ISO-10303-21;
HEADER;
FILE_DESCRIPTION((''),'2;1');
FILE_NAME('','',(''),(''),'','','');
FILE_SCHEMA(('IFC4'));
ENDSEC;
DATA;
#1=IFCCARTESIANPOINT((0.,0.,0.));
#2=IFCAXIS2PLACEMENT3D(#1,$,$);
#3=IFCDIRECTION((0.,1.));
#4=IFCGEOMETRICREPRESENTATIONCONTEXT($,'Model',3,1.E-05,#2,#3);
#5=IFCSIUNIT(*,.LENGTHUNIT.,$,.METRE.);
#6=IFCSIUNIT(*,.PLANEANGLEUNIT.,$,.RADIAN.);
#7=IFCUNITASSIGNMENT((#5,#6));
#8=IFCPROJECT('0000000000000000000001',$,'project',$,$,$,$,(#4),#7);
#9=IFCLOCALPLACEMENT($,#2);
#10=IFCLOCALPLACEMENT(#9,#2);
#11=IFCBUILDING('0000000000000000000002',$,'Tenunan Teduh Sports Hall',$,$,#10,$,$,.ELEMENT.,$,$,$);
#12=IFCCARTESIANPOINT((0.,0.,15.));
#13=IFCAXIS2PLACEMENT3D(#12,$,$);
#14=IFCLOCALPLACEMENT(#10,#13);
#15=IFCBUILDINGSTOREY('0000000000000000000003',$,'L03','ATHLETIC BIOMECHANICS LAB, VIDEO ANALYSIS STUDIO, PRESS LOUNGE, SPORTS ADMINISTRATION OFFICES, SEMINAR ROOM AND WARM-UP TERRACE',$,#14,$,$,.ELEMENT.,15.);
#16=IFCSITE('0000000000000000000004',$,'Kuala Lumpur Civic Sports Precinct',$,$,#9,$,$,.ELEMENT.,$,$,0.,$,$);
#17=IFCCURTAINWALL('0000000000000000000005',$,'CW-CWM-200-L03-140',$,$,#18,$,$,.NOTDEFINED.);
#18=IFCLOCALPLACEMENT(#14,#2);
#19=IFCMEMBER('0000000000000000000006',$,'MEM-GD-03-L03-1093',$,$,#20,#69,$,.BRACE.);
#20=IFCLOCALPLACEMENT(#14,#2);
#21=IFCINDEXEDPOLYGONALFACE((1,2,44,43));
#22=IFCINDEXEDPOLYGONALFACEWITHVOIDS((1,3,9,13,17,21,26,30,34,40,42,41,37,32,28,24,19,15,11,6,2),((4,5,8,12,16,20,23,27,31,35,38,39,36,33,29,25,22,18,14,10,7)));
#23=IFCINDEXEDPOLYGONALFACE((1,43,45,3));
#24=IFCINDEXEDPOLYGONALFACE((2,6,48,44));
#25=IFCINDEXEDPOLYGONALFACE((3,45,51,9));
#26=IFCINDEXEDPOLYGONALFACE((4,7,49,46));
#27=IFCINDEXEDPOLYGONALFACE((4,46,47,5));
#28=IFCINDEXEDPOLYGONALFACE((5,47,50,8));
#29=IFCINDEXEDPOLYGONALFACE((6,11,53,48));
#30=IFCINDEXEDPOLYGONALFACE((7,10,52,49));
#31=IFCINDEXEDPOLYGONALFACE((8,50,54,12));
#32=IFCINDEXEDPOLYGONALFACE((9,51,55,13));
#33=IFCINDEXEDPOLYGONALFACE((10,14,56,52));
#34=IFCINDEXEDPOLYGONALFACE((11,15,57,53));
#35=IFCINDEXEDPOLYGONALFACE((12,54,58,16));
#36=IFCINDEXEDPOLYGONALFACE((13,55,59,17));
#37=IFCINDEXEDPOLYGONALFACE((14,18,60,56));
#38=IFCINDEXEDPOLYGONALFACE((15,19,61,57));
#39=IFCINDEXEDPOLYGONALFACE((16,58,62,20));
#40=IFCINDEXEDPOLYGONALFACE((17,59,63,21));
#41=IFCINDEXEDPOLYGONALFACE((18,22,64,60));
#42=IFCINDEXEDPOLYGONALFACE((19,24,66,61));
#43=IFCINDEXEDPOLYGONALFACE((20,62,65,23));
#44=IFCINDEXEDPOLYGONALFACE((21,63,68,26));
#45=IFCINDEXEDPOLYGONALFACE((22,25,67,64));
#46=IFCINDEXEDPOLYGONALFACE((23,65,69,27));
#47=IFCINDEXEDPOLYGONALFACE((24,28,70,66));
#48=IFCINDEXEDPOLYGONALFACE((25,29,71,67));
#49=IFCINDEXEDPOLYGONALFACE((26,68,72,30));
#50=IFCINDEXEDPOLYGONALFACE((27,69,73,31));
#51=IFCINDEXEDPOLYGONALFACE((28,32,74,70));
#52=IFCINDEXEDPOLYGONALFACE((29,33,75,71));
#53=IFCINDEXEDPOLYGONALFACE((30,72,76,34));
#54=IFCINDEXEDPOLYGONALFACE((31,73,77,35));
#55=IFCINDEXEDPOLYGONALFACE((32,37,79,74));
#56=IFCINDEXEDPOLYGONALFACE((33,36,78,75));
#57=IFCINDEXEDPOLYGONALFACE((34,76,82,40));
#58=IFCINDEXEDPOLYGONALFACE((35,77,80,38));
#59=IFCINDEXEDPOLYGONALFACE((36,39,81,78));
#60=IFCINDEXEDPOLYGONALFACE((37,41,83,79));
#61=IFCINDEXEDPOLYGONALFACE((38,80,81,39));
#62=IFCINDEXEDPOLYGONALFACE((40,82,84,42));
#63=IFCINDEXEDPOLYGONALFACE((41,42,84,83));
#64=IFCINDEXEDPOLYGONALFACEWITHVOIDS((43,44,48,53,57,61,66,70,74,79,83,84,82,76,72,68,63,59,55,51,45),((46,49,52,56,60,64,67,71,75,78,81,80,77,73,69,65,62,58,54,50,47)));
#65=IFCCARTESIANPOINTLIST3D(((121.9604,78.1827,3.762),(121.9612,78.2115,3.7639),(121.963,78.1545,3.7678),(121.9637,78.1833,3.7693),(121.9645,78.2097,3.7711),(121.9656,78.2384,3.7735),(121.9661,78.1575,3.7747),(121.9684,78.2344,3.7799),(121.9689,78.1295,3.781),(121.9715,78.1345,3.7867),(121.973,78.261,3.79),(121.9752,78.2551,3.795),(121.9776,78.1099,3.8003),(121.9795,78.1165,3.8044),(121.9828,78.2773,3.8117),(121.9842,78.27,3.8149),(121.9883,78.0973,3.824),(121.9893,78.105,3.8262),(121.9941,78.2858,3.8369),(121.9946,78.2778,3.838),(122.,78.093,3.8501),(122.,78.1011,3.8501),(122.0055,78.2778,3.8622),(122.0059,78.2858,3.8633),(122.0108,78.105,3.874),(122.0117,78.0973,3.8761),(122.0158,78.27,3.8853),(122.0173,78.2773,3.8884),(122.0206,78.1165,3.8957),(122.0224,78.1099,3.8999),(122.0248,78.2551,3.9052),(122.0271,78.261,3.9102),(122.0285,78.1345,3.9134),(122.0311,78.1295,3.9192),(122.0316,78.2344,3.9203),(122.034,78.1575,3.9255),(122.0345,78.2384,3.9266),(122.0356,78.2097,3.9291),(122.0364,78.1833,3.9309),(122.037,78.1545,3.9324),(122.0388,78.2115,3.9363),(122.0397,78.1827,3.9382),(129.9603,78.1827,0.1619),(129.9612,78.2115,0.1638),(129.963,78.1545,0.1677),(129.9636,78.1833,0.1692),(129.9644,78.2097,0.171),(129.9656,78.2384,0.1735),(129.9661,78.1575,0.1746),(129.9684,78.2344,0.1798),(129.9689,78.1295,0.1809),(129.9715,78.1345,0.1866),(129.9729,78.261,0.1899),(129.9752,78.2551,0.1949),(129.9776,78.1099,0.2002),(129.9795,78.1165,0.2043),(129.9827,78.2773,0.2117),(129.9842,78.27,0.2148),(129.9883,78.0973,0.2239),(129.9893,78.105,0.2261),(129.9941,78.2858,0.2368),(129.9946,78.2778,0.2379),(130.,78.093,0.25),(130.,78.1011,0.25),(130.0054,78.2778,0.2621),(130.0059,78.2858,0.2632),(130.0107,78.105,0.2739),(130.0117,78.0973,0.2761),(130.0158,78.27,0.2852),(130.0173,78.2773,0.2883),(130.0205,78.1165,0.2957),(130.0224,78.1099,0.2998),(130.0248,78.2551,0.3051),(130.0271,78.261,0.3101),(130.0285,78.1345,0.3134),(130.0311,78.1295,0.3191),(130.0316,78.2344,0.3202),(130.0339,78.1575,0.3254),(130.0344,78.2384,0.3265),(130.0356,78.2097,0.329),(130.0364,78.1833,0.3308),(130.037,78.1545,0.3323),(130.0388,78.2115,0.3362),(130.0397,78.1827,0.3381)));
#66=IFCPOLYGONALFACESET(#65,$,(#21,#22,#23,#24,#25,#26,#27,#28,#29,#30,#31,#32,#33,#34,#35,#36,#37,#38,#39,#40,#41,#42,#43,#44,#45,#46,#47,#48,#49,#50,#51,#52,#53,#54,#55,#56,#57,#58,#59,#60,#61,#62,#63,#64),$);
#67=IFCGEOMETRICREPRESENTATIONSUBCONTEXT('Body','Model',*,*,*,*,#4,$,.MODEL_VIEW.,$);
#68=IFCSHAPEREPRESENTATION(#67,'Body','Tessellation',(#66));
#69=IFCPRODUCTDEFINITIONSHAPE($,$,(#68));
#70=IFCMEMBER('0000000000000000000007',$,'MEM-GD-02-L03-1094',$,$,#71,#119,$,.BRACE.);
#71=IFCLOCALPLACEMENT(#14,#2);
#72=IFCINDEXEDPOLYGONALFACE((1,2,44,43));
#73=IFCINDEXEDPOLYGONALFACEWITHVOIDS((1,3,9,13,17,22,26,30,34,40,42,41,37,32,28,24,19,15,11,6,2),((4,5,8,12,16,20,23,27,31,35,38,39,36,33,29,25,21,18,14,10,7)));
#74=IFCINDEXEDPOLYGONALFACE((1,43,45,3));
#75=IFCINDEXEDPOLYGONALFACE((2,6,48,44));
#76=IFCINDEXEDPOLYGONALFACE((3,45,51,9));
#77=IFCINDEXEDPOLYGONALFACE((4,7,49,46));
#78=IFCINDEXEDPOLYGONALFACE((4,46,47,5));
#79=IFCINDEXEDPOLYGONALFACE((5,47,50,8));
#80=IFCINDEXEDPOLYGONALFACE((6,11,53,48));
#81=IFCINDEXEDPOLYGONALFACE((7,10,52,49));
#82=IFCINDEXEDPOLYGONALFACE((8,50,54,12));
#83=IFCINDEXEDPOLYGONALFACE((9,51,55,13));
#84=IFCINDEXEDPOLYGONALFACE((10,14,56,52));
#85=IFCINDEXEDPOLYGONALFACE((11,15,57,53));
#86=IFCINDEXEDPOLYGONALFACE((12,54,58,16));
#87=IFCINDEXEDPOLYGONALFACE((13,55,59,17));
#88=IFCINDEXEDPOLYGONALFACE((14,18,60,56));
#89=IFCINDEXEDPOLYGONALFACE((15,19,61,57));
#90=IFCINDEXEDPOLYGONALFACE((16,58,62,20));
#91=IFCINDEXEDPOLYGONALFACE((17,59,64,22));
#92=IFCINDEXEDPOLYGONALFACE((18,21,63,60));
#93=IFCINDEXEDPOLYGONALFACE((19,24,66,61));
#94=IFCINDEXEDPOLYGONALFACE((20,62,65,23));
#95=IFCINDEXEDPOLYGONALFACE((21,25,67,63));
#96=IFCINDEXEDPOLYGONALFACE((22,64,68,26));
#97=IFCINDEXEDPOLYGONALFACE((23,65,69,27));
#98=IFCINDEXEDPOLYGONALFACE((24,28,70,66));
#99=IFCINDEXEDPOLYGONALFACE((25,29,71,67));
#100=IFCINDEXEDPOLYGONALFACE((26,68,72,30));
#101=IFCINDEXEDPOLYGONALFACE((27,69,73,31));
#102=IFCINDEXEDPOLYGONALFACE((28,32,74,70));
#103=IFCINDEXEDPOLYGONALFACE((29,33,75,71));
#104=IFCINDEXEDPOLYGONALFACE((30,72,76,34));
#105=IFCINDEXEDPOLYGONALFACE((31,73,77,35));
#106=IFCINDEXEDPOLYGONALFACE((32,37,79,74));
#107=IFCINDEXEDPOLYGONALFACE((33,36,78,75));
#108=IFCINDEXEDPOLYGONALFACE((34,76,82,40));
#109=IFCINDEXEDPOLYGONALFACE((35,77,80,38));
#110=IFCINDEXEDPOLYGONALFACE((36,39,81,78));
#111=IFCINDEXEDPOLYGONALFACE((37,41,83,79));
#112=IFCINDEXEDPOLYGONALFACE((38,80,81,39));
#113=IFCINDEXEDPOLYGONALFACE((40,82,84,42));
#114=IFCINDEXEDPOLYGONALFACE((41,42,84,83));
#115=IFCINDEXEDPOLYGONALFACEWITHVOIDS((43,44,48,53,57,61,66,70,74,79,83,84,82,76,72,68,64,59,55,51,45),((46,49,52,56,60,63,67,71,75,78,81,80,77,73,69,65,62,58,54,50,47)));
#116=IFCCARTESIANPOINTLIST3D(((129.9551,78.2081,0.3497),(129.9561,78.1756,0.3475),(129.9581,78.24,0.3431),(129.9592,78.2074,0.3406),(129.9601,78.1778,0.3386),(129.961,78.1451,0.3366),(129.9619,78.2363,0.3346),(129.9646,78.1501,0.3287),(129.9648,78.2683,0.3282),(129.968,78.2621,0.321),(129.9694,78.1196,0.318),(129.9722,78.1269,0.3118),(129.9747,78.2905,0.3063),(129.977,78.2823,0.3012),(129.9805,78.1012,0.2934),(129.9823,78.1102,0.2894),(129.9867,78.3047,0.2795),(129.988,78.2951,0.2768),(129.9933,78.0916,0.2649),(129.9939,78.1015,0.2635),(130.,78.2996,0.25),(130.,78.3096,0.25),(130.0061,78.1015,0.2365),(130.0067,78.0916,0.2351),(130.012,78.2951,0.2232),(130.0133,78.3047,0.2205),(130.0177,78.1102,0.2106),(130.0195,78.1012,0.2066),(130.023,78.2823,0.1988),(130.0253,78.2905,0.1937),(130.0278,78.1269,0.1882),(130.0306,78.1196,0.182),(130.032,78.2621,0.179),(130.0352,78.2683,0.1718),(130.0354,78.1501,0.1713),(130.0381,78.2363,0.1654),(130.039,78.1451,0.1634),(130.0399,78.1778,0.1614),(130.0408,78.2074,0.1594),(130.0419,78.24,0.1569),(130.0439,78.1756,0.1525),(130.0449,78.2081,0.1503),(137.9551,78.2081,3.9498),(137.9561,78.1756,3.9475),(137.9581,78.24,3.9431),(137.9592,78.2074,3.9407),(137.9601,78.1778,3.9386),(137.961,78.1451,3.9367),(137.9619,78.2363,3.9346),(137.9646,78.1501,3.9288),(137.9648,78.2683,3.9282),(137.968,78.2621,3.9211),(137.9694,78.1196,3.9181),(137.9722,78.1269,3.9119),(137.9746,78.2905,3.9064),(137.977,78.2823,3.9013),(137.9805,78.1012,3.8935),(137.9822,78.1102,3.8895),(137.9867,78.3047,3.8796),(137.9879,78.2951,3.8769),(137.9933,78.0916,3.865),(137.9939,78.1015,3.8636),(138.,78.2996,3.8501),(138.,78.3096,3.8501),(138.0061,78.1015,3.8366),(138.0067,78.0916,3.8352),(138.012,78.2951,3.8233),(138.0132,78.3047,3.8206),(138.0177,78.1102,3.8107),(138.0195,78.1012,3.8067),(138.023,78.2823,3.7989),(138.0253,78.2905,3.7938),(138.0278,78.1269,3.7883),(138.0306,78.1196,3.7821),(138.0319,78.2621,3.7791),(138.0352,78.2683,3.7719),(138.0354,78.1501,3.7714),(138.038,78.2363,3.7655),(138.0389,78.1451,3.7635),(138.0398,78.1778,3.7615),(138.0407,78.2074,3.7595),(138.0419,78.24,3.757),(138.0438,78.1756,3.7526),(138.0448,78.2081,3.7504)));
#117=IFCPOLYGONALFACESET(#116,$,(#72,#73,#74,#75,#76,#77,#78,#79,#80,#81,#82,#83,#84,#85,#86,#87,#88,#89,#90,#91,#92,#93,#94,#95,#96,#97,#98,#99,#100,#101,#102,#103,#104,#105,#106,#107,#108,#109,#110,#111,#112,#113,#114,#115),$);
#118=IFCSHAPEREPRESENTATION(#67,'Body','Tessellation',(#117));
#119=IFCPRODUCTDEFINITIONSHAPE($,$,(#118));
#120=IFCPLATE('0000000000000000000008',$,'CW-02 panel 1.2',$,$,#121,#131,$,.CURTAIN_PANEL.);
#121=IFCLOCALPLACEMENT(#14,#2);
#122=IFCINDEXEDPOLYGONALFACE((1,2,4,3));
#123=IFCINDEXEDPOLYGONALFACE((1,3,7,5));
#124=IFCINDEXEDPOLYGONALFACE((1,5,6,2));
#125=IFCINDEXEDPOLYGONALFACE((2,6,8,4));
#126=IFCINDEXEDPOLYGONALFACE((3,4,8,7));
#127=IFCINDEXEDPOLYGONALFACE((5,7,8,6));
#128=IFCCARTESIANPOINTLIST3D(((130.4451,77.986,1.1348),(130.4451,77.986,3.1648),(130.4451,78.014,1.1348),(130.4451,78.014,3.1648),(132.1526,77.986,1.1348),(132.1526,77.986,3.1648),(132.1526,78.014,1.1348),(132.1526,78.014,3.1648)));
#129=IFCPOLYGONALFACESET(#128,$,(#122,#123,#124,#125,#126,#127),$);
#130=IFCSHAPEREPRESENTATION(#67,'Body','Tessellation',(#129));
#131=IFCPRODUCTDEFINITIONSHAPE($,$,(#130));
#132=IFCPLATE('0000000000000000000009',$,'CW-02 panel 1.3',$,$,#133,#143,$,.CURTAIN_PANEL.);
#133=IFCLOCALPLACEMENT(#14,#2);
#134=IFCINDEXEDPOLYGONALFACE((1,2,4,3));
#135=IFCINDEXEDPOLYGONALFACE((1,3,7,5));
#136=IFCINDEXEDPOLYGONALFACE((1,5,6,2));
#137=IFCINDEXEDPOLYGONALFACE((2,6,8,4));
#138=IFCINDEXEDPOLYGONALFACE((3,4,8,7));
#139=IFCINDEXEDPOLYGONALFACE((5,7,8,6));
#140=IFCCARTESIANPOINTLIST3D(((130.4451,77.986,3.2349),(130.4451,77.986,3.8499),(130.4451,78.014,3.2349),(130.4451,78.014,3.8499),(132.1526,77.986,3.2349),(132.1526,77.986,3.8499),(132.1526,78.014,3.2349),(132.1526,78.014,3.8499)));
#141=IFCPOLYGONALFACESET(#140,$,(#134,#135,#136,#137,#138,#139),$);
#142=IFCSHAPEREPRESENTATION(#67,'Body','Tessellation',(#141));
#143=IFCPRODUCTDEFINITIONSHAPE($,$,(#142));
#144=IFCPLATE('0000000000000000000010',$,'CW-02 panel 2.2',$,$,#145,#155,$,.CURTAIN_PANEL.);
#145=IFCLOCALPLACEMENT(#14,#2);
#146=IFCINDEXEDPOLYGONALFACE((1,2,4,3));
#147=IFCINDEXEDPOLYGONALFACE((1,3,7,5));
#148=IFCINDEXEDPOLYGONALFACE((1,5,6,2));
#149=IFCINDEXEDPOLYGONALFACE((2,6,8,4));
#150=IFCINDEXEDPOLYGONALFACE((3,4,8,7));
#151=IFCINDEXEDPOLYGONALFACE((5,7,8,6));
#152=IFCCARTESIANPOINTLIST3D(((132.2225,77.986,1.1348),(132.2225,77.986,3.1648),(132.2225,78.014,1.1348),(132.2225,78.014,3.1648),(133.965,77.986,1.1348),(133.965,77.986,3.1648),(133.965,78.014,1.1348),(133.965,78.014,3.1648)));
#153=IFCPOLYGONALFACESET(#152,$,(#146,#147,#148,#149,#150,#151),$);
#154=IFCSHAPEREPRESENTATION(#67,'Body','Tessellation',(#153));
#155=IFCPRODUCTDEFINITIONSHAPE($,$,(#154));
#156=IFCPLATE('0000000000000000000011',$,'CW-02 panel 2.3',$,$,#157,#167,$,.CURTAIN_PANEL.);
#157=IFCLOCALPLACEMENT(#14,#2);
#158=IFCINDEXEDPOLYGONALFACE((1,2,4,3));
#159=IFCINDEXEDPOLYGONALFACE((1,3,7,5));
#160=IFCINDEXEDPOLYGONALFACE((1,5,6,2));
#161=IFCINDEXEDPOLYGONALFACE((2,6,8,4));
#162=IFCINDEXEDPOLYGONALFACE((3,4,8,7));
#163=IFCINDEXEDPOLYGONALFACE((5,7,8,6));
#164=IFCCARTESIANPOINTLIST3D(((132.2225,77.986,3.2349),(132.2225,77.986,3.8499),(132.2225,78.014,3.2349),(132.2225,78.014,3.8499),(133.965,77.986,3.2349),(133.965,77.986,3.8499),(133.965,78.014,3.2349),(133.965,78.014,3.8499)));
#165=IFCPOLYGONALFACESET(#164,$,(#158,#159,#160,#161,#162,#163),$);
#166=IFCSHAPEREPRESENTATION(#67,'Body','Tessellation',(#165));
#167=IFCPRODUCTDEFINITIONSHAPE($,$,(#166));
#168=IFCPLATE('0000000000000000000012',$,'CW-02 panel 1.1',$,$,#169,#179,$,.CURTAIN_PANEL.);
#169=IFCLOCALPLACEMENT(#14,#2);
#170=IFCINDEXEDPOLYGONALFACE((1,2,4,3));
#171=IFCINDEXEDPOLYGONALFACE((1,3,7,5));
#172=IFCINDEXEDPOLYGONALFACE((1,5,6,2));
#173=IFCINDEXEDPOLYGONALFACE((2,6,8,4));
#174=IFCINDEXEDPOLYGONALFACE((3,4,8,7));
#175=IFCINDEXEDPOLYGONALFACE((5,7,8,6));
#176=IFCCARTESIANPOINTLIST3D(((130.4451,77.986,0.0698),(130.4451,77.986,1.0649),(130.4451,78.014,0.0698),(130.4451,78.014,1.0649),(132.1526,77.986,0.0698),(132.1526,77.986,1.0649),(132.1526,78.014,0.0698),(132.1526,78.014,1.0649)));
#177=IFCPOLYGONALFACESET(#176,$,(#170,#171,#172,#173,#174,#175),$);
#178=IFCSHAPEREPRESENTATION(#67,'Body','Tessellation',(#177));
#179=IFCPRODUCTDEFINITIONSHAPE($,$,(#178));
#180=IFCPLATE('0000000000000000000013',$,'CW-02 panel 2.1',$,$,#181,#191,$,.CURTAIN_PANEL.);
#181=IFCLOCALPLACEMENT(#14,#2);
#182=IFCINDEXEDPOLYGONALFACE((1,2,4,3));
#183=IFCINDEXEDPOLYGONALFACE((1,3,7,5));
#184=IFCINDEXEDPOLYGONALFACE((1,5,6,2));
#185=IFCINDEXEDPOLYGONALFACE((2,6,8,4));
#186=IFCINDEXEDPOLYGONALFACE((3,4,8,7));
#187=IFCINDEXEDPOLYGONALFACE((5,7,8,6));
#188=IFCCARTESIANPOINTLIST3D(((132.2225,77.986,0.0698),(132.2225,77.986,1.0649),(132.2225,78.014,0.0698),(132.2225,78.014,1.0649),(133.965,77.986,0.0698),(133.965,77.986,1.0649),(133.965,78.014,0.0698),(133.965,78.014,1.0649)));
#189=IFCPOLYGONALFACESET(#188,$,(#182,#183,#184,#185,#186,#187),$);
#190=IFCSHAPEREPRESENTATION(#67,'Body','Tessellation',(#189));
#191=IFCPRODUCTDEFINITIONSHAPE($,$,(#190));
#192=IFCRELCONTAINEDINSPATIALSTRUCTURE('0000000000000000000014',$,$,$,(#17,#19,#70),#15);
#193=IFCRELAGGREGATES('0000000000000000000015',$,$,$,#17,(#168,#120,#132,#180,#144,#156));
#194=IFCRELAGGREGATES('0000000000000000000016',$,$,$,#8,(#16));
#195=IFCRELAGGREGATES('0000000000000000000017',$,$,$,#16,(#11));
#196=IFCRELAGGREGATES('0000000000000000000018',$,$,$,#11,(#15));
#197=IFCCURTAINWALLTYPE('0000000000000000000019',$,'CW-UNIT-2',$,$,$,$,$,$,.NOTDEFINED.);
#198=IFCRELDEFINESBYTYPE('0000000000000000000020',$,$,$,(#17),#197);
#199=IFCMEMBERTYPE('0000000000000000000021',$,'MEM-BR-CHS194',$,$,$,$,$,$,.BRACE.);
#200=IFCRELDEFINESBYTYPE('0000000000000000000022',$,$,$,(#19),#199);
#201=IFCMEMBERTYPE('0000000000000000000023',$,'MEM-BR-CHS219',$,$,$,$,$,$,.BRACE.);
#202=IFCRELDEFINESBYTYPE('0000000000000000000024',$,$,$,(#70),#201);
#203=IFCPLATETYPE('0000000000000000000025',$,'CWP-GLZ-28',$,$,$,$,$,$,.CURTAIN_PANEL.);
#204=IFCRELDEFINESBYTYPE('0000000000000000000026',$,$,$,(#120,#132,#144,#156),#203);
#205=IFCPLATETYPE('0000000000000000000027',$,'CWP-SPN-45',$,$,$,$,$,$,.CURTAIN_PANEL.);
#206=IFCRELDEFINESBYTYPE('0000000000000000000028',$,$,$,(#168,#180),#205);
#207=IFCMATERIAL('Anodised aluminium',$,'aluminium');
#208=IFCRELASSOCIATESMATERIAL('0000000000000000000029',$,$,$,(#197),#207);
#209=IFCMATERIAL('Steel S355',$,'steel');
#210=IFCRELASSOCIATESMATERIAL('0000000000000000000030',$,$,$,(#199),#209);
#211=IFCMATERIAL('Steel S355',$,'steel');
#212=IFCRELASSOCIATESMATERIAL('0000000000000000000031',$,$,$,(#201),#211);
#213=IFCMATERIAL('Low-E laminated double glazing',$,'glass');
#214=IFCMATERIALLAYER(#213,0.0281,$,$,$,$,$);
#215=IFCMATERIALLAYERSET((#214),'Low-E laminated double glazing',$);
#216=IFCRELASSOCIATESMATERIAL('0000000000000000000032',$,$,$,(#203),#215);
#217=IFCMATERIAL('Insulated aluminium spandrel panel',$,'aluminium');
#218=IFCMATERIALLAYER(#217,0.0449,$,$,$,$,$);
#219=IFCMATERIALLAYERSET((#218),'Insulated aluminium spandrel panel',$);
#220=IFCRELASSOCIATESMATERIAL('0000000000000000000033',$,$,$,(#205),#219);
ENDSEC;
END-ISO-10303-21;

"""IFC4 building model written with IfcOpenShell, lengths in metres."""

from ifc_helpers import new_model, si_unit, direction, frame, origin, origin_2d, place, context, subcontext, project, spatial, rectangle, hollow_circle, extrude, material, layer, layer_set, material_profile, profile_set, type_object, element, aggregate, save


model = new_model("IFC4")

# Units and contexts
model_context = context("Model", 3, precision=1e-05, world=origin(), true_north=direction((0.0, 1.0)))
body_context = subcontext(model_context, "Body", "Model", "MODEL_VIEW")
ifc_project = project(units=[si_unit("LENGTHUNIT", "METRE"), si_unit("PLANEANGLEUNIT", "RADIAN")], contexts=[model_context])

# Site, building, storey
site_placement = place(None, origin())
site = spatial("IfcSite", under=ifc_project, at=site_placement, Name="Kuala Lumpur Civic Sports Precinct", CompositionType="ELEMENT", RefElevation=0.0)
building_placement = place(site_placement, origin())
building = spatial("IfcBuilding", under=site, at=building_placement, Name="Tenunan Teduh Sports Hall", CompositionType="ELEMENT")
storey_placement = place(building_placement, frame((0.0, 0.0, 15.0)))
storey = spatial("IfcBuildingStorey", under=building, at=storey_placement, Name="L03", Description="ATHLETIC BIOMECHANICS LAB, VIDEO ANALYSIS STUDIO, PRESS LOUNGE, SPORTS ADMINISTRATION OFFICES, SEMINAR ROOM AND WARM-UP TERRACE", CompositionType="ELEMENT", Elevation=15.0)

# Curtain wall
ifc_material_1 = material(Name="Anodised aluminium", Category="aluminium")
curtain_wall_type = type_object("IfcCurtainWallType", Name="CW-UNIT-2", PredefinedType="NOTDEFINED", material=ifc_material_1)
curtain_wall_placement = place(storey_placement, origin())
curtain_wall = element("IfcCurtainWall", 1, at=curtain_wall_placement, inside=storey, type_object=curtain_wall_type, Name="CW-CWM-200-L03-140", PredefinedType="NOTDEFINED")

# Members
ifc_material_2 = material(Name="Steel S355", Category="steel")
ifc_material_profile_1 = material_profile(ifc_material_2, hollow_circle(Radius=0.0969, WallThickness=0.0081, at=origin_2d()), Name="CHS 193.7x8.0")
ifc_profile_set_1 = profile_set([ifc_material_profile_1], Name="Steel S355")
member_type_1 = type_object("IfcMemberType", Name="MEM-BR-CHS194", PredefinedType="BRACE", material=ifc_profile_set_1)
member_1_placement = place(storey_placement, frame((130.0, 78.1899, 0.25), z_axis=(-0.911917, 0.0, 0.410374), x_axis=(0.0, -1.0, 0.0)))
element("IfcMember", 2, at=member_1_placement, inside=storey, type_object=member_type_1, Name="MEM-GD-03-L03-1093", PredefinedType="BRACE", context=body_context, shape_type="SweptSolid", body=[
    extrude(hollow_circle(Radius=0.0969, WallThickness=0.0081, at=origin_2d()), origin(), (0.0, 0.0, 1.0), 8.7727),
])
ifc_material_3 = material(Name="Steel S355", Category="steel")
ifc_material_profile_2 = material_profile(ifc_material_3, hollow_circle(Radius=0.1096, WallThickness=0.01, at=origin_2d()), Name="CHS 219.1x10.0")
ifc_profile_set_2 = profile_set([ifc_material_profile_2], Name="Steel S355")
member_type_2 = type_object("IfcMemberType", Name="MEM-BR-CHS219", PredefinedType="BRACE", material=ifc_profile_set_2)
member_2_placement = place(storey_placement, frame((130.0, 78.2, 0.25), z_axis=(0.911917, 0.0, 0.410374), x_axis=(0.0, 1.0, 0.0)))
element("IfcMember", 3, at=member_2_placement, inside=storey, type_object=member_type_2, Name="MEM-GD-02-L03-1094", PredefinedType="BRACE", context=body_context, shape_type="SweptSolid", body=[
    extrude(hollow_circle(Radius=0.1096, WallThickness=0.01, at=origin_2d()), origin(), (0.0, 0.0, 1.0), 8.7727),
])

# Plates
ifc_material_4 = material(Name="Low-E laminated double glazing", Category="glass")
ifc_layer_1 = layer(ifc_material_4, 0.0281)
ifc_layer_set_1 = layer_set([ifc_layer_1], Name="Low-E laminated double glazing")
plate_type_1 = type_object("IfcPlateType", Name="CWP-GLZ-28", PredefinedType="CURTAIN_PANEL", material=ifc_layer_set_1)
plate_1_placement = place(storey_placement, frame((131.2988, 78.0, 1.1348), z_axis=(0.0, 0.0, 1.0), x_axis=(1.0, 0.0, 0.0)))
plate_1 = element("IfcPlate", 4, at=plate_1_placement, type_object=plate_type_1, Name="CW-02 panel 1.2", PredefinedType="CURTAIN_PANEL", context=body_context, shape_type="SweptSolid", body=[
    extrude(rectangle(XDim=1.7075, YDim=0.0281, at=origin_2d()), origin(), (0.0, 0.0, 1.0), 2.03),
])
plate_2_placement = place(storey_placement, frame((131.2988, 78.0, 3.2349), z_axis=(0.0, 0.0, 1.0), x_axis=(1.0, 0.0, 0.0)))
plate_2 = element("IfcPlate", 5, at=plate_2_placement, type_object=plate_type_1, Name="CW-02 panel 1.3", PredefinedType="CURTAIN_PANEL", context=body_context, shape_type="SweptSolid", body=[
    extrude(rectangle(XDim=1.7075, YDim=0.0281, at=origin_2d()), origin(), (0.0, 0.0, 1.0), 0.615),
])
plate_3_placement = place(storey_placement, frame((133.0938, 78.0, 1.1348), z_axis=(0.0, 0.0, 1.0), x_axis=(1.0, 0.0, 0.0)))
plate_3 = element("IfcPlate", 6, at=plate_3_placement, type_object=plate_type_1, Name="CW-02 panel 2.2", PredefinedType="CURTAIN_PANEL", context=body_context, shape_type="SweptSolid", body=[
    extrude(rectangle(XDim=1.7424, YDim=0.0281, at=origin_2d()), origin(), (0.0, 0.0, 1.0), 2.03),
])
plate_4_placement = place(storey_placement, frame((133.0938, 78.0, 3.2349), z_axis=(0.0, 0.0, 1.0), x_axis=(1.0, 0.0, 0.0)))
plate_4 = element("IfcPlate", 7, at=plate_4_placement, type_object=plate_type_1, Name="CW-02 panel 2.3", PredefinedType="CURTAIN_PANEL", context=body_context, shape_type="SweptSolid", body=[
    extrude(rectangle(XDim=1.7424, YDim=0.0281, at=origin_2d()), origin(), (0.0, 0.0, 1.0), 0.615),
])
ifc_material_5 = material(Name="Insulated aluminium spandrel panel", Category="aluminium")
ifc_layer_2 = layer(ifc_material_5, 0.0449)
ifc_layer_set_2 = layer_set([ifc_layer_2], Name="Insulated aluminium spandrel panel")
plate_type_2 = type_object("IfcPlateType", Name="CWP-SPN-45", PredefinedType="CURTAIN_PANEL", material=ifc_layer_set_2)
plate_5_placement = place(storey_placement, frame((131.2988, 78.0, 0.0698), z_axis=(0.0, 0.0, 1.0), x_axis=(1.0, 0.0, 0.0)))
plate_5 = element("IfcPlate", 8, at=plate_5_placement, type_object=plate_type_2, Name="CW-02 panel 1.1", PredefinedType="CURTAIN_PANEL", context=body_context, shape_type="SweptSolid", body=[
    extrude(rectangle(XDim=1.7075, YDim=0.0281, at=origin_2d()), origin(), (0.0, 0.0, 1.0), 0.9951),
])
plate_6_placement = place(storey_placement, frame((133.0938, 78.0, 0.0698), z_axis=(0.0, 0.0, 1.0), x_axis=(1.0, 0.0, 0.0)))
plate_6 = element("IfcPlate", 9, at=plate_6_placement, type_object=plate_type_2, Name="CW-02 panel 2.1", PredefinedType="CURTAIN_PANEL", context=body_context, shape_type="SweptSolid", body=[
    extrude(rectangle(XDim=1.7424, YDim=0.0281, at=origin_2d()), origin(), (0.0, 0.0, 1.0), 0.9951),
])
aggregate(curtain_wall, [plate_5, plate_1, plate_2, plate_6, plate_3, plate_4])

save(model, "model.ifc")
